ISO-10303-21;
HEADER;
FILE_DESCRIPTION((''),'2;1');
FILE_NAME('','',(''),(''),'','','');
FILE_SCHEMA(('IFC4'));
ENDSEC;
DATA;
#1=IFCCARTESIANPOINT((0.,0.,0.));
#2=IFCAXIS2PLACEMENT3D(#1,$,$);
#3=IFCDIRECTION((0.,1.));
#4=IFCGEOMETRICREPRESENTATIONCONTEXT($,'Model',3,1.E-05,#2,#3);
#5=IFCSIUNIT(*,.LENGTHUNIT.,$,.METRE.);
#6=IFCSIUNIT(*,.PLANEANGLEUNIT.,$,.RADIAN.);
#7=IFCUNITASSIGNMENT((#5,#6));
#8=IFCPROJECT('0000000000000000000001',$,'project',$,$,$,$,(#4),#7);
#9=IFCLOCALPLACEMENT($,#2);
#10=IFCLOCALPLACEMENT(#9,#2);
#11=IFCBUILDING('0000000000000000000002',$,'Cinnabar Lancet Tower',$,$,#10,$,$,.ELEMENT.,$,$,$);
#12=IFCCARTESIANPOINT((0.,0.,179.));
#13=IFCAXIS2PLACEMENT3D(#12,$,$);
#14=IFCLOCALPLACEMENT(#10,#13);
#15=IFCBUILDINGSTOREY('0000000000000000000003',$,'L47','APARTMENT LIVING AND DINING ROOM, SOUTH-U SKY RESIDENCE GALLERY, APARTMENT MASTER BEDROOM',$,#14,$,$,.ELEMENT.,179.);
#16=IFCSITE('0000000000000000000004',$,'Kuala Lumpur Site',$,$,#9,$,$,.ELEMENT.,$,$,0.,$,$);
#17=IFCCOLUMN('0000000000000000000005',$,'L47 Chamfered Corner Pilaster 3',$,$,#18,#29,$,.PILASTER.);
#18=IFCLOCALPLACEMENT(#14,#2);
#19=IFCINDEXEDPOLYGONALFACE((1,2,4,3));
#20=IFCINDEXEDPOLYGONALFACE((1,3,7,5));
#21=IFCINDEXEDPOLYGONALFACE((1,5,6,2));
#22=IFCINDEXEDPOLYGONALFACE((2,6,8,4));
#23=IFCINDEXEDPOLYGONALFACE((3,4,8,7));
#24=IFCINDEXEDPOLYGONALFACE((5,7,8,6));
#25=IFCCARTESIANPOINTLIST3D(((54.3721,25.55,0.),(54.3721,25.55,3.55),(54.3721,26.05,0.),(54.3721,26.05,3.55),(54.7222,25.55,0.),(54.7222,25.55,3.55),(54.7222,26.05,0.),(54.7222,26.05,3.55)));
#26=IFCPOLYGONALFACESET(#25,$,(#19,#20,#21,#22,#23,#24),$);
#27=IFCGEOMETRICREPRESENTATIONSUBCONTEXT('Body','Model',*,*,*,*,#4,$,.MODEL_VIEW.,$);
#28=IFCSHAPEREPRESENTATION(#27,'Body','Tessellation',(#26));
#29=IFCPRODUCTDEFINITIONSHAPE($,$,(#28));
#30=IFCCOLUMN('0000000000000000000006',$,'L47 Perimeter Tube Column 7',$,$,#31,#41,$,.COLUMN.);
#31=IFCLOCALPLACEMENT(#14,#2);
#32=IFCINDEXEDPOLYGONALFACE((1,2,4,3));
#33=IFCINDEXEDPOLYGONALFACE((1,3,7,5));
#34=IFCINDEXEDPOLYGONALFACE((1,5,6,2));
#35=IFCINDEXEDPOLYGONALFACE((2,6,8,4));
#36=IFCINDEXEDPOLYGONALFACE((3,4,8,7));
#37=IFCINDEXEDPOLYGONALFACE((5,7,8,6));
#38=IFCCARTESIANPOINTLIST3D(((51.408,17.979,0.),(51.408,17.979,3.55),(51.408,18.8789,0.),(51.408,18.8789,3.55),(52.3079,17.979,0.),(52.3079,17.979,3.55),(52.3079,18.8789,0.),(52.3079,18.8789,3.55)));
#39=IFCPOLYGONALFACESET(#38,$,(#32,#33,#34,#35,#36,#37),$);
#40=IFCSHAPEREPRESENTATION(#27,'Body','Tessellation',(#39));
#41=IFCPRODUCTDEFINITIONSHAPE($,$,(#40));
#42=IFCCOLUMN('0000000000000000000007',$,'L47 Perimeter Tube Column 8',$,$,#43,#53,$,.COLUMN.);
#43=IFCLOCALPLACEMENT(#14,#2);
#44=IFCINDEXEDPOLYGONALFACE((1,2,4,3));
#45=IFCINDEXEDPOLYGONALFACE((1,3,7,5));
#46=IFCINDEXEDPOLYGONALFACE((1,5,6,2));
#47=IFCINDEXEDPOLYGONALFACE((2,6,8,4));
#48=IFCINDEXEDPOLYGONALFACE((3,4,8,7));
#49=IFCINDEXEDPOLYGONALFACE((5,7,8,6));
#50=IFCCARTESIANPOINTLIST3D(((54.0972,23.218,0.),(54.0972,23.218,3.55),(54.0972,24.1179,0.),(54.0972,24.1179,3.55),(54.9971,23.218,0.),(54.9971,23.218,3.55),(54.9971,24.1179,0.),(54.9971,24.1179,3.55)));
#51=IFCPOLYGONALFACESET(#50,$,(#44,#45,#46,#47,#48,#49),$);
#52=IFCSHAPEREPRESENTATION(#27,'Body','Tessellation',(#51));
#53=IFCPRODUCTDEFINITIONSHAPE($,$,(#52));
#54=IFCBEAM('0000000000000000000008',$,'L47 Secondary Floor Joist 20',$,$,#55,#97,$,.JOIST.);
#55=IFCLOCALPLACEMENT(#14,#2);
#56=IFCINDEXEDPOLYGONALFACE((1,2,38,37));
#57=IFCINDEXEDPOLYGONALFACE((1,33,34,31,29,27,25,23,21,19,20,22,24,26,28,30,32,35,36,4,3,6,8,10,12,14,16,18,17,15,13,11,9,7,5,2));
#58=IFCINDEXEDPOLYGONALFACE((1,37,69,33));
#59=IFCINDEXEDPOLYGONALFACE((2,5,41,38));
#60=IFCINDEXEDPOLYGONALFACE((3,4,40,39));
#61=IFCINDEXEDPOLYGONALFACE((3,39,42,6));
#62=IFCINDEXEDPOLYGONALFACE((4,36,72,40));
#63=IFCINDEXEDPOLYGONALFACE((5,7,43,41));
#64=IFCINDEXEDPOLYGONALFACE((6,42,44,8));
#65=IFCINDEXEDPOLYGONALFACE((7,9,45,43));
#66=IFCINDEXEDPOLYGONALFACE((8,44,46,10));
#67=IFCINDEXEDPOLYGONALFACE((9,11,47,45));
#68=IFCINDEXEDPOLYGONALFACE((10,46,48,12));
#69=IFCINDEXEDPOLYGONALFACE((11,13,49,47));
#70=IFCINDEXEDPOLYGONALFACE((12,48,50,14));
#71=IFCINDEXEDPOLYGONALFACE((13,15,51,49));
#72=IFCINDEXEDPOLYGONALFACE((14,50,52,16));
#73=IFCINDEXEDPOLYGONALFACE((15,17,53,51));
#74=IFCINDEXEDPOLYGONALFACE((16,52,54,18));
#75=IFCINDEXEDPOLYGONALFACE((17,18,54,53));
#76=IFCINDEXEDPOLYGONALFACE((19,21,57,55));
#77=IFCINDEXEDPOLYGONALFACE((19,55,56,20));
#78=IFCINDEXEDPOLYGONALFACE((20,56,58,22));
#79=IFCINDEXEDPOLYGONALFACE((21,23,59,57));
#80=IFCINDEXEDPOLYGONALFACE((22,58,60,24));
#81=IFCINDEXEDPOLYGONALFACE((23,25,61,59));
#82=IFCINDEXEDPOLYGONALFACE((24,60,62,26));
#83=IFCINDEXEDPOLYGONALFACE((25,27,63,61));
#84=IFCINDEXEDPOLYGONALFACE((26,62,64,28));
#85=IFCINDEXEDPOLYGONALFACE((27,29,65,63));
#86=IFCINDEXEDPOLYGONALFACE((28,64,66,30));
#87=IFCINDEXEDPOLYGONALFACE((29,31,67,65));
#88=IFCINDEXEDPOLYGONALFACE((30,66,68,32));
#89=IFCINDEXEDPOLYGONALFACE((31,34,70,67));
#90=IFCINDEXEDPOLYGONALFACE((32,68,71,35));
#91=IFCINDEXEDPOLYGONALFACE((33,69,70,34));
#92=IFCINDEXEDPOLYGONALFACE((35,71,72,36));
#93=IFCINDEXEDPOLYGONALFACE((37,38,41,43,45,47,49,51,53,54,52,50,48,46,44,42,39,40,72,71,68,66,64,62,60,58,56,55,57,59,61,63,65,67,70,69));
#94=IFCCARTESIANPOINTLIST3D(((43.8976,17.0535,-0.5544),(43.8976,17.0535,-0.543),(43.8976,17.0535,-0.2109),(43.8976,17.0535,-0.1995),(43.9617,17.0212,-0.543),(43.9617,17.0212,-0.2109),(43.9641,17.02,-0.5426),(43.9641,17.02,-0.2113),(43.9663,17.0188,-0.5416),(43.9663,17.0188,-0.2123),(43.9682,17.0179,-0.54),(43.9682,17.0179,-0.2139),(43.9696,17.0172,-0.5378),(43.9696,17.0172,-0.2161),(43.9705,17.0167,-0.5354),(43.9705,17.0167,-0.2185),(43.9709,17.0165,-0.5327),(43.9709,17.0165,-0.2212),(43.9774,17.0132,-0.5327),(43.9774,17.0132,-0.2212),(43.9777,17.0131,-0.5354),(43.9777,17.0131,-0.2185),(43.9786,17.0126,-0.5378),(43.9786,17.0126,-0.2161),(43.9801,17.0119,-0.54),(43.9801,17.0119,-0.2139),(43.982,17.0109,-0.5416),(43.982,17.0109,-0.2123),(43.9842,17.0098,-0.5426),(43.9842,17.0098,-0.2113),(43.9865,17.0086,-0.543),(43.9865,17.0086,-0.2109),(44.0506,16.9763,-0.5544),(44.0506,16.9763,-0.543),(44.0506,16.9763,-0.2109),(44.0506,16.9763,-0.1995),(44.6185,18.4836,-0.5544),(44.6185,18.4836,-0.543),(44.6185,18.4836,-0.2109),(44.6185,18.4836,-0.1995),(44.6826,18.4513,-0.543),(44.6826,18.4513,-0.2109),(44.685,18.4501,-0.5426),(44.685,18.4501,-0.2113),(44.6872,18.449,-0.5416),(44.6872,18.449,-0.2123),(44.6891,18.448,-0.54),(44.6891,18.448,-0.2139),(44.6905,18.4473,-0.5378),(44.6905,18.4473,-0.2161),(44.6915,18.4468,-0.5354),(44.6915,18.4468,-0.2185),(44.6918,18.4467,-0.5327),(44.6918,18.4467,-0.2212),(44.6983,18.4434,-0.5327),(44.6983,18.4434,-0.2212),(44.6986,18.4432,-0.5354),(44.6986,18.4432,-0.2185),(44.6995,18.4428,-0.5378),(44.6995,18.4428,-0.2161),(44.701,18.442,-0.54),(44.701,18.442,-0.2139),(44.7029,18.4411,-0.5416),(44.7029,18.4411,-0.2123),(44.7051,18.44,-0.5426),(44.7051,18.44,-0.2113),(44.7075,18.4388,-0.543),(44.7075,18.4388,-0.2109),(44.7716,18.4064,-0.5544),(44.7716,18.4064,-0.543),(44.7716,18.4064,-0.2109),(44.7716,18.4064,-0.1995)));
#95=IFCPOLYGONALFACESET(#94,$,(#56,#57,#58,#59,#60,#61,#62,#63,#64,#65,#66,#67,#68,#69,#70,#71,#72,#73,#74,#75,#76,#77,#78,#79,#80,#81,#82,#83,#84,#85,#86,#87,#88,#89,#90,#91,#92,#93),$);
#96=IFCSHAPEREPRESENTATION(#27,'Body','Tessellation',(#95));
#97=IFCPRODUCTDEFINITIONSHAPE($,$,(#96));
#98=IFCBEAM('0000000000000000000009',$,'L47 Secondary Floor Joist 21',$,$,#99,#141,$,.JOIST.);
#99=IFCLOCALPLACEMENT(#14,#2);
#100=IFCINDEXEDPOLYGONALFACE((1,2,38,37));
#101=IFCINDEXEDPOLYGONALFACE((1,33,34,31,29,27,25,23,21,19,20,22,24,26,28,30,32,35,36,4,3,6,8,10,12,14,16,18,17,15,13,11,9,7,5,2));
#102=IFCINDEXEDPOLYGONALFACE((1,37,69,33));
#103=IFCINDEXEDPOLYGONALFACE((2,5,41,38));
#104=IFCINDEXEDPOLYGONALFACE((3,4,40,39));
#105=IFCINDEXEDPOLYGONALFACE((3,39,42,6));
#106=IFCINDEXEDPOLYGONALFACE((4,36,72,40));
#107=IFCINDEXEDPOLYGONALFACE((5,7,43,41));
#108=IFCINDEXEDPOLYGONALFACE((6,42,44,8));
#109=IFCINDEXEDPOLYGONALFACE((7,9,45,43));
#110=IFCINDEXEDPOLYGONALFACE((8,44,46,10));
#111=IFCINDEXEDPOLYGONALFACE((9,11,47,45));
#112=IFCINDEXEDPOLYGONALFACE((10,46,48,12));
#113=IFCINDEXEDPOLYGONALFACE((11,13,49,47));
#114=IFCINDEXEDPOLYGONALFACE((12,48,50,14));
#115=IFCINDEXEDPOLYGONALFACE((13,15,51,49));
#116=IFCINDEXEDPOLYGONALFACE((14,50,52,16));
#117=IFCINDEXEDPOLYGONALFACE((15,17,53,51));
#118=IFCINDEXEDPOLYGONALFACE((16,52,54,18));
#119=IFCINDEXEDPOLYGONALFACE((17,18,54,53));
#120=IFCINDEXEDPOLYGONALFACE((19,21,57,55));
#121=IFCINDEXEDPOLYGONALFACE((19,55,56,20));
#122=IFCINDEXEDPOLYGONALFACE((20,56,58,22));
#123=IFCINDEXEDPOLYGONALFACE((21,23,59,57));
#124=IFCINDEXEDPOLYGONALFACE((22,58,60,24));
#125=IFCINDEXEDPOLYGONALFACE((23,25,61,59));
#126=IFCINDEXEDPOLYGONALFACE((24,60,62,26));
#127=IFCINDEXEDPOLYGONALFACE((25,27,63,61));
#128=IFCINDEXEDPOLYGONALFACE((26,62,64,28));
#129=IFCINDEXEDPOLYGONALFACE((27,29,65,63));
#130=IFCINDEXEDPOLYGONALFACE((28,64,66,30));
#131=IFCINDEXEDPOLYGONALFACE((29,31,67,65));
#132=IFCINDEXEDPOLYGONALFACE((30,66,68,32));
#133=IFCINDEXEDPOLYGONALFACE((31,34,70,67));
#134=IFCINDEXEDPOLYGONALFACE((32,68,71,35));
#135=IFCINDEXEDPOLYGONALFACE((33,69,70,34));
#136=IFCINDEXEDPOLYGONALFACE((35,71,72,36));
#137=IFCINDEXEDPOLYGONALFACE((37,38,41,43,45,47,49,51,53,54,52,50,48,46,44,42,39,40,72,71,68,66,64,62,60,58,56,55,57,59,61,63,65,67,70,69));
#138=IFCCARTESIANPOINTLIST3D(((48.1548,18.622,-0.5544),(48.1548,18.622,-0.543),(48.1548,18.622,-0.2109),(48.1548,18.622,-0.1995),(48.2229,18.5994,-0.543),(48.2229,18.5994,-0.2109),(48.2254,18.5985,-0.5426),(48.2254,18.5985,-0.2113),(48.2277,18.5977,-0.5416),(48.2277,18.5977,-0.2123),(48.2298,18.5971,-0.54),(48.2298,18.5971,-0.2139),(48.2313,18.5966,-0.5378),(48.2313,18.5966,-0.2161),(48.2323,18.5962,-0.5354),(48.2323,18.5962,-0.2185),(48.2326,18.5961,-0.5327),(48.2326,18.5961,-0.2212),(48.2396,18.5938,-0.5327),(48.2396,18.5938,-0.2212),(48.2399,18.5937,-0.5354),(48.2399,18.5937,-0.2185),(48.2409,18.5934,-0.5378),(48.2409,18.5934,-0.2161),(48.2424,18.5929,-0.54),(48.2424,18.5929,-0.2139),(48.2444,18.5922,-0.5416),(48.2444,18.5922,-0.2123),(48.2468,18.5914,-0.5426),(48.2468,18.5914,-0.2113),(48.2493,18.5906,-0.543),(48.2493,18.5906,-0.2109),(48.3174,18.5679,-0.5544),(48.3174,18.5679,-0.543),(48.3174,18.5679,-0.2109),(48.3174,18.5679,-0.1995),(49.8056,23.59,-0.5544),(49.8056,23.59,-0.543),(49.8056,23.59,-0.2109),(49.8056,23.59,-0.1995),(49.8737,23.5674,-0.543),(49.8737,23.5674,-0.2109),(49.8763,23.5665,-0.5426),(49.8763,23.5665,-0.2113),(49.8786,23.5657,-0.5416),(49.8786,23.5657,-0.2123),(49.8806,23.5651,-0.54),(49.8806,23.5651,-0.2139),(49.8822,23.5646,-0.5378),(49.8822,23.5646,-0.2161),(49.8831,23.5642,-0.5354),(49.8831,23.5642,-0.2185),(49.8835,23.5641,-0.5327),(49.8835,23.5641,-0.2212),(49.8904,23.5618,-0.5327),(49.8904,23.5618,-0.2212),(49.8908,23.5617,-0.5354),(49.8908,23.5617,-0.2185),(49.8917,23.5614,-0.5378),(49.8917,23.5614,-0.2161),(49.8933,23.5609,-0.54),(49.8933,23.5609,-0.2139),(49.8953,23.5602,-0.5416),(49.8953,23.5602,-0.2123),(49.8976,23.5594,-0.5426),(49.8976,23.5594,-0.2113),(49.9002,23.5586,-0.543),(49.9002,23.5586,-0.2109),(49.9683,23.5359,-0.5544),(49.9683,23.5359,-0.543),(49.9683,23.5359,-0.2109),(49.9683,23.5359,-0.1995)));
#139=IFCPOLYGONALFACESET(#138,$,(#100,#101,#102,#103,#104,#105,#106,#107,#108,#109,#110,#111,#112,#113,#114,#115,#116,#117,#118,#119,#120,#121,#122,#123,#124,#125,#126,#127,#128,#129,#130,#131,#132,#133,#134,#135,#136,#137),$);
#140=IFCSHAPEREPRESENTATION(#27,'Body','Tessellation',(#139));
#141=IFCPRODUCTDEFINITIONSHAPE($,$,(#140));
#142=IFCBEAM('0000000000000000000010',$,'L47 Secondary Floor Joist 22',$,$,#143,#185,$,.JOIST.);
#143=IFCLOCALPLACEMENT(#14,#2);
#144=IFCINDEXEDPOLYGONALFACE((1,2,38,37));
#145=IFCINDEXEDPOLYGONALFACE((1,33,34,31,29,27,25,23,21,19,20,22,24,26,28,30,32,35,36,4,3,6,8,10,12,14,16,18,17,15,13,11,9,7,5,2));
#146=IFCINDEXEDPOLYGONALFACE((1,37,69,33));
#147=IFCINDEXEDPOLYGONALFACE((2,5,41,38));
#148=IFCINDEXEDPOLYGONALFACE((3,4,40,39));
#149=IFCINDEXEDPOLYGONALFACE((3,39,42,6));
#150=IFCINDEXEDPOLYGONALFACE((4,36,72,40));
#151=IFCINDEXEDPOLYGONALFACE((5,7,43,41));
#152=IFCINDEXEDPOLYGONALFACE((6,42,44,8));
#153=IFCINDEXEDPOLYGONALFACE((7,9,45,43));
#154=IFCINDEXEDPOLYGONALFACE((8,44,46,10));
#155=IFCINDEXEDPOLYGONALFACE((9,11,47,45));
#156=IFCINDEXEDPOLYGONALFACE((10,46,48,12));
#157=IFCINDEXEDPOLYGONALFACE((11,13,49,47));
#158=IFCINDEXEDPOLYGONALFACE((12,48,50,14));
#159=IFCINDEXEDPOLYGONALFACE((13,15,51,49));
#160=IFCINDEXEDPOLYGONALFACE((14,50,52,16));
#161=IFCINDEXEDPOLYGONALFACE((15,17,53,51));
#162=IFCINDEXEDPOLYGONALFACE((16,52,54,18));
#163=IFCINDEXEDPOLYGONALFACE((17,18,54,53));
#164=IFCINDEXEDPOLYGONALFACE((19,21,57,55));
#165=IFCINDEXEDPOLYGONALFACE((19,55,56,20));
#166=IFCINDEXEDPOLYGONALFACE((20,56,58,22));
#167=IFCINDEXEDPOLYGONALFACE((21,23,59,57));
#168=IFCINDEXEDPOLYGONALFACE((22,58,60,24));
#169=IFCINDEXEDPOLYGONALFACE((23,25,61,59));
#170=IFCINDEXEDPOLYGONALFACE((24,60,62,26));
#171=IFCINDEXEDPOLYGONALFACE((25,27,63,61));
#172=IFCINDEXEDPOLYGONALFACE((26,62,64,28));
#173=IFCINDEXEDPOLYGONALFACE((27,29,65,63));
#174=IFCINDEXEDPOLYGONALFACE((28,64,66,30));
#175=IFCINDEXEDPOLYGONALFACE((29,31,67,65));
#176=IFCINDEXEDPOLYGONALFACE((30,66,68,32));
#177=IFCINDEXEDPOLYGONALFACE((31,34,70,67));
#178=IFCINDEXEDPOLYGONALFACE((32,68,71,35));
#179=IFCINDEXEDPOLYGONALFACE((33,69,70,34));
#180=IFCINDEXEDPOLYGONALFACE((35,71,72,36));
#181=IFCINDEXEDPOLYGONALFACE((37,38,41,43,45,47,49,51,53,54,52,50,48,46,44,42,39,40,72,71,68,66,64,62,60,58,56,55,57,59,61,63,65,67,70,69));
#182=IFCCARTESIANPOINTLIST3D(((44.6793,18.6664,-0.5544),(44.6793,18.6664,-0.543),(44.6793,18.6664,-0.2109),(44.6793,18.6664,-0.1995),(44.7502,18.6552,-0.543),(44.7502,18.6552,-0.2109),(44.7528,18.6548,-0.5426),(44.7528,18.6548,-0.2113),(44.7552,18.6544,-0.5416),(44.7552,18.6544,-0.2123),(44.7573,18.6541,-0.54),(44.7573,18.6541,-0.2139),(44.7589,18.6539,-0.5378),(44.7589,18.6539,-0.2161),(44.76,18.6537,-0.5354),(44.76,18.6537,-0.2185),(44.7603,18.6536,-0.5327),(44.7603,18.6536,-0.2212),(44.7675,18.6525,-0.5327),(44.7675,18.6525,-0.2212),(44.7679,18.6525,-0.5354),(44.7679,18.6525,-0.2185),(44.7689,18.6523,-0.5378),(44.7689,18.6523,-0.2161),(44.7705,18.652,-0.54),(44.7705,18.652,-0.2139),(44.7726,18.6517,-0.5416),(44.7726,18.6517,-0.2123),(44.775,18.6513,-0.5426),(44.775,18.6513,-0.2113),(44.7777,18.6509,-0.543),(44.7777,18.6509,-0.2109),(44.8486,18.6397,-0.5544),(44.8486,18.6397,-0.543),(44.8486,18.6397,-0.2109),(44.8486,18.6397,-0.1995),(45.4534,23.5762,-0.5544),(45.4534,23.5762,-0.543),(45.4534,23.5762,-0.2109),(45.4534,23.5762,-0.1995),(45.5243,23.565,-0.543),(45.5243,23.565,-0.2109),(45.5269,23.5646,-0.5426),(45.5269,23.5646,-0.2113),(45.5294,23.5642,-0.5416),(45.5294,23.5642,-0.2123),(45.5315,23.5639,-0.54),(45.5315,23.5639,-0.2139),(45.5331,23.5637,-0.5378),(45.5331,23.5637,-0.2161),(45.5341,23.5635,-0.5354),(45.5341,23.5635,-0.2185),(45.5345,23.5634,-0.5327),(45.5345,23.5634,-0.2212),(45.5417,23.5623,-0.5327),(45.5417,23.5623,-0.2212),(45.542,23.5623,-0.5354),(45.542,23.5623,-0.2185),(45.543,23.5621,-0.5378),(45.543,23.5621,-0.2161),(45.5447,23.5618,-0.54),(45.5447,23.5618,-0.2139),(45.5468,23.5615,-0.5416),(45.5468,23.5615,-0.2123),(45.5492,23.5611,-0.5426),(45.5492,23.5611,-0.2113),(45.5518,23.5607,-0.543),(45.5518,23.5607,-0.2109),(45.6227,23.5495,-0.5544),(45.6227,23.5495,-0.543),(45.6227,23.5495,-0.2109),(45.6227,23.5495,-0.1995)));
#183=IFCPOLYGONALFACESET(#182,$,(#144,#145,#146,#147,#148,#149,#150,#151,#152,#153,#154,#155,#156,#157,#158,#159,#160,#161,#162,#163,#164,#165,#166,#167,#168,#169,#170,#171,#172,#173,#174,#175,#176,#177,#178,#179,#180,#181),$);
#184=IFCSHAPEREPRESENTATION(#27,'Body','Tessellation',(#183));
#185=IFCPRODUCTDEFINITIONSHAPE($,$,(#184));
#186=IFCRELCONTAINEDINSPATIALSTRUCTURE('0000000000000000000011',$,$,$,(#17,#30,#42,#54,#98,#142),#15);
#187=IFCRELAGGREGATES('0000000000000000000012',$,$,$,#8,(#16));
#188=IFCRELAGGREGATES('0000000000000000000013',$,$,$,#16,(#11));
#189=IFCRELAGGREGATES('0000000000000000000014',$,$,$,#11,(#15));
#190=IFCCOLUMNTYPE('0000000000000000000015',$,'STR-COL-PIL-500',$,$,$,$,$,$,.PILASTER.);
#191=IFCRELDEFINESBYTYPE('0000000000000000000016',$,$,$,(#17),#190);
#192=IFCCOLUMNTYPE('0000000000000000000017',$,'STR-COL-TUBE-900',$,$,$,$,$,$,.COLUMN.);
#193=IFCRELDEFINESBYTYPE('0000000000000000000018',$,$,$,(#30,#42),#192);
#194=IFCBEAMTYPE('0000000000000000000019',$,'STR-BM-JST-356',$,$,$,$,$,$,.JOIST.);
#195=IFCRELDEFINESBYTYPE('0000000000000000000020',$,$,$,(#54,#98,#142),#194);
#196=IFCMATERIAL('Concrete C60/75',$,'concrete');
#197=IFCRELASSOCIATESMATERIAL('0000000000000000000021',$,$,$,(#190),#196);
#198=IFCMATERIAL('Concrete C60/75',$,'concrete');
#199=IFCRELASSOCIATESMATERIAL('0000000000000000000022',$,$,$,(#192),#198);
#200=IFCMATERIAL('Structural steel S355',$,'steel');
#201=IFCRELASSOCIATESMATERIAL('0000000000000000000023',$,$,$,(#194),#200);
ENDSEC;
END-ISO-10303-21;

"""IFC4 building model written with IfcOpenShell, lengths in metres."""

from ifc_helpers import new_model, si_unit, direction, frame, origin, origin_2d, place, context, subcontext, project, spatial, rectangle, i_section, extrude, material, material_profile, profile_set, type_object, element, save


model = new_model("IFC4")

# Units and contexts
model_context = context("Model", 3, precision=1e-05, world=origin(), true_north=direction((0.0, 1.0)))
body_context = subcontext(model_context, "Body", "Model", "MODEL_VIEW")
ifc_project = project(units=[si_unit("LENGTHUNIT", "METRE"), si_unit("PLANEANGLEUNIT", "RADIAN")], contexts=[model_context])

# Site, building, storey
site_placement = place(None, origin())
site = spatial("IfcSite", under=ifc_project, at=site_placement, Name="Kuala Lumpur Site", CompositionType="ELEMENT", RefElevation=0.0)
building_placement = place(site_placement, origin())
building = spatial("IfcBuilding", under=site, at=building_placement, Name="Cinnabar Lancet Tower", CompositionType="ELEMENT")
storey_placement = place(building_placement, frame((0.0, 0.0, 179.0)))
storey = spatial("IfcBuildingStorey", under=building, at=storey_placement, Name="L47", Description="APARTMENT LIVING AND DINING ROOM, SOUTH-U SKY RESIDENCE GALLERY, APARTMENT MASTER BEDROOM", CompositionType="ELEMENT", Elevation=179.0)

# Columns
ifc_material_1 = material(Name="Concrete C60/75", Category="concrete")
ifc_material_profile_1 = material_profile(ifc_material_1, rectangle(XDim=0.5, YDim=0.3501, at=origin_2d()), Name="RC-PIL 500x350")
ifc_profile_set_1 = profile_set([ifc_material_profile_1], Name="Concrete C60/75")
column_type_1 = type_object("IfcColumnType", Name="STR-COL-PIL-500", PredefinedType="PILASTER", material=ifc_profile_set_1)
column_placement = place(storey_placement, frame((54.5471, 25.8, 0.0), z_axis=(0.0, 0.0, 1.0), x_axis=(0.0, 1.0, 0.0)))
element("IfcColumn", 1, at=column_placement, inside=storey, type_object=column_type_1, Name="L47 Chamfered Corner Pilaster 3", PredefinedType="PILASTER", context=body_context, shape_type="SweptSolid", body=[
    extrude(rectangle(XDim=0.5, YDim=0.3501, at=origin_2d()), origin(), (0.0, 0.0, 1.0), 3.55),
])
ifc_material_2 = material(Name="Concrete C60/75", Category="concrete")
ifc_material_profile_2 = material_profile(ifc_material_2, rectangle(XDim=0.8999, YDim=0.8999, at=origin_2d()), Name="RC-COL 900x900")
ifc_profile_set_2 = profile_set([ifc_material_profile_2], Name="Concrete C60/75")
column_type_2 = type_object("IfcColumnType", Name="STR-COL-TUBE-900", PredefinedType="COLUMN", material=ifc_profile_set_2)
for number, where, z_axis, x_axis, name in (
    (2, (51.8579, 18.429, 0.0), (0.0, 0.0, 1.0), (1.0, 0.0, 0.0), "L47 Perimeter Tube Column 7"),
    (3, (54.5471, 23.668, 0.0), (0.0, 0.0, 1.0), (1.0, 0.0, 0.0), "L47 Perimeter Tube Column 8"),
):
    element("IfcColumn", number, at=place(storey_placement, frame(where, z_axis=z_axis, x_axis=x_axis)), inside=storey, type_object=column_type_2, Name=name, PredefinedType="COLUMN", context=body_context, shape_type="SweptSolid", body=[
        extrude(rectangle(XDim=0.8999, YDim=0.8999, at=origin_2d()), origin(), (0.0, 0.0, 1.0), 3.55),
    ])

# Beams
ifc_material_3 = material(Name="Structural steel S355", Category="steel")
ifc_material_profile_3 = material_profile(ifc_material_3, i_section(OverallWidth=0.1714, OverallDepth=0.355, WebThickness=0.0073, FlangeThickness=0.0115, FilletRadius=0.0103, at=origin_2d()), Name="UKB 356x171x51")
ifc_profile_set_3 = profile_set([ifc_material_profile_3], Name="Structural steel S355")
beam_type_1 = type_object("IfcBeamType", Name="STR-BM-JST-356", PredefinedType="JOIST", material=ifc_profile_set_3)
beam_1_placement = place(storey_placement, frame((43.9741, 17.0149, -0.377), z_axis=(0.450138, 0.892959, 0.0), x_axis=(-0.892959, 0.450138, 0.0)))
element("IfcBeam", 4, at=beam_1_placement, inside=storey, type_object=beam_type_1, Name="L47 Secondary Floor Joist 20", PredefinedType="JOIST", context=body_context, shape_type="SweptSolid", body=[
    extrude(i_section(OverallWidth=0.1714, OverallDepth=0.355, WebThickness=0.0073, FlangeThickness=0.0115, FilletRadius=0.0103, at=origin_2d()), origin(), (0.0, 0.0, 1.0), 1.6016),
])
beam_2_placement = place(storey_placement, frame((48.2361, 18.595, -0.377), z_axis=(0.315346, 0.948977, 0.0), x_axis=(-0.948977, 0.315346, 0.0)))
element("IfcBeam", 5, at=beam_2_placement, inside=storey, type_object=beam_type_1, Name="L47 Secondary Floor Joist 21", PredefinedType="JOIST", context=body_context, shape_type="SweptSolid", body=[
    extrude(i_section(OverallWidth=0.1714, OverallDepth=0.355, WebThickness=0.0073, FlangeThickness=0.0115, FilletRadius=0.0103, at=origin_2d()), origin(), (0.0, 0.0, 1.0), 5.2351),
])
beam_3_placement = place(storey_placement, frame((44.7639, 18.6531, -0.377), z_axis=(0.155751, 0.987796, 0.0), x_axis=(-0.987796, 0.155751, 0.0)))
element("IfcBeam", 6, at=beam_3_placement, inside=storey, type_object=beam_type_1, Name="L47 Secondary Floor Joist 22", PredefinedType="JOIST", context=body_context, shape_type="SweptSolid", body=[
    extrude(i_section(OverallWidth=0.1714, OverallDepth=0.355, WebThickness=0.0073, FlangeThickness=0.0115, FilletRadius=0.0103, at=origin_2d()), origin(), (0.0, 0.0, 1.0), 4.9705),
])

save(model, "model.ifc")
